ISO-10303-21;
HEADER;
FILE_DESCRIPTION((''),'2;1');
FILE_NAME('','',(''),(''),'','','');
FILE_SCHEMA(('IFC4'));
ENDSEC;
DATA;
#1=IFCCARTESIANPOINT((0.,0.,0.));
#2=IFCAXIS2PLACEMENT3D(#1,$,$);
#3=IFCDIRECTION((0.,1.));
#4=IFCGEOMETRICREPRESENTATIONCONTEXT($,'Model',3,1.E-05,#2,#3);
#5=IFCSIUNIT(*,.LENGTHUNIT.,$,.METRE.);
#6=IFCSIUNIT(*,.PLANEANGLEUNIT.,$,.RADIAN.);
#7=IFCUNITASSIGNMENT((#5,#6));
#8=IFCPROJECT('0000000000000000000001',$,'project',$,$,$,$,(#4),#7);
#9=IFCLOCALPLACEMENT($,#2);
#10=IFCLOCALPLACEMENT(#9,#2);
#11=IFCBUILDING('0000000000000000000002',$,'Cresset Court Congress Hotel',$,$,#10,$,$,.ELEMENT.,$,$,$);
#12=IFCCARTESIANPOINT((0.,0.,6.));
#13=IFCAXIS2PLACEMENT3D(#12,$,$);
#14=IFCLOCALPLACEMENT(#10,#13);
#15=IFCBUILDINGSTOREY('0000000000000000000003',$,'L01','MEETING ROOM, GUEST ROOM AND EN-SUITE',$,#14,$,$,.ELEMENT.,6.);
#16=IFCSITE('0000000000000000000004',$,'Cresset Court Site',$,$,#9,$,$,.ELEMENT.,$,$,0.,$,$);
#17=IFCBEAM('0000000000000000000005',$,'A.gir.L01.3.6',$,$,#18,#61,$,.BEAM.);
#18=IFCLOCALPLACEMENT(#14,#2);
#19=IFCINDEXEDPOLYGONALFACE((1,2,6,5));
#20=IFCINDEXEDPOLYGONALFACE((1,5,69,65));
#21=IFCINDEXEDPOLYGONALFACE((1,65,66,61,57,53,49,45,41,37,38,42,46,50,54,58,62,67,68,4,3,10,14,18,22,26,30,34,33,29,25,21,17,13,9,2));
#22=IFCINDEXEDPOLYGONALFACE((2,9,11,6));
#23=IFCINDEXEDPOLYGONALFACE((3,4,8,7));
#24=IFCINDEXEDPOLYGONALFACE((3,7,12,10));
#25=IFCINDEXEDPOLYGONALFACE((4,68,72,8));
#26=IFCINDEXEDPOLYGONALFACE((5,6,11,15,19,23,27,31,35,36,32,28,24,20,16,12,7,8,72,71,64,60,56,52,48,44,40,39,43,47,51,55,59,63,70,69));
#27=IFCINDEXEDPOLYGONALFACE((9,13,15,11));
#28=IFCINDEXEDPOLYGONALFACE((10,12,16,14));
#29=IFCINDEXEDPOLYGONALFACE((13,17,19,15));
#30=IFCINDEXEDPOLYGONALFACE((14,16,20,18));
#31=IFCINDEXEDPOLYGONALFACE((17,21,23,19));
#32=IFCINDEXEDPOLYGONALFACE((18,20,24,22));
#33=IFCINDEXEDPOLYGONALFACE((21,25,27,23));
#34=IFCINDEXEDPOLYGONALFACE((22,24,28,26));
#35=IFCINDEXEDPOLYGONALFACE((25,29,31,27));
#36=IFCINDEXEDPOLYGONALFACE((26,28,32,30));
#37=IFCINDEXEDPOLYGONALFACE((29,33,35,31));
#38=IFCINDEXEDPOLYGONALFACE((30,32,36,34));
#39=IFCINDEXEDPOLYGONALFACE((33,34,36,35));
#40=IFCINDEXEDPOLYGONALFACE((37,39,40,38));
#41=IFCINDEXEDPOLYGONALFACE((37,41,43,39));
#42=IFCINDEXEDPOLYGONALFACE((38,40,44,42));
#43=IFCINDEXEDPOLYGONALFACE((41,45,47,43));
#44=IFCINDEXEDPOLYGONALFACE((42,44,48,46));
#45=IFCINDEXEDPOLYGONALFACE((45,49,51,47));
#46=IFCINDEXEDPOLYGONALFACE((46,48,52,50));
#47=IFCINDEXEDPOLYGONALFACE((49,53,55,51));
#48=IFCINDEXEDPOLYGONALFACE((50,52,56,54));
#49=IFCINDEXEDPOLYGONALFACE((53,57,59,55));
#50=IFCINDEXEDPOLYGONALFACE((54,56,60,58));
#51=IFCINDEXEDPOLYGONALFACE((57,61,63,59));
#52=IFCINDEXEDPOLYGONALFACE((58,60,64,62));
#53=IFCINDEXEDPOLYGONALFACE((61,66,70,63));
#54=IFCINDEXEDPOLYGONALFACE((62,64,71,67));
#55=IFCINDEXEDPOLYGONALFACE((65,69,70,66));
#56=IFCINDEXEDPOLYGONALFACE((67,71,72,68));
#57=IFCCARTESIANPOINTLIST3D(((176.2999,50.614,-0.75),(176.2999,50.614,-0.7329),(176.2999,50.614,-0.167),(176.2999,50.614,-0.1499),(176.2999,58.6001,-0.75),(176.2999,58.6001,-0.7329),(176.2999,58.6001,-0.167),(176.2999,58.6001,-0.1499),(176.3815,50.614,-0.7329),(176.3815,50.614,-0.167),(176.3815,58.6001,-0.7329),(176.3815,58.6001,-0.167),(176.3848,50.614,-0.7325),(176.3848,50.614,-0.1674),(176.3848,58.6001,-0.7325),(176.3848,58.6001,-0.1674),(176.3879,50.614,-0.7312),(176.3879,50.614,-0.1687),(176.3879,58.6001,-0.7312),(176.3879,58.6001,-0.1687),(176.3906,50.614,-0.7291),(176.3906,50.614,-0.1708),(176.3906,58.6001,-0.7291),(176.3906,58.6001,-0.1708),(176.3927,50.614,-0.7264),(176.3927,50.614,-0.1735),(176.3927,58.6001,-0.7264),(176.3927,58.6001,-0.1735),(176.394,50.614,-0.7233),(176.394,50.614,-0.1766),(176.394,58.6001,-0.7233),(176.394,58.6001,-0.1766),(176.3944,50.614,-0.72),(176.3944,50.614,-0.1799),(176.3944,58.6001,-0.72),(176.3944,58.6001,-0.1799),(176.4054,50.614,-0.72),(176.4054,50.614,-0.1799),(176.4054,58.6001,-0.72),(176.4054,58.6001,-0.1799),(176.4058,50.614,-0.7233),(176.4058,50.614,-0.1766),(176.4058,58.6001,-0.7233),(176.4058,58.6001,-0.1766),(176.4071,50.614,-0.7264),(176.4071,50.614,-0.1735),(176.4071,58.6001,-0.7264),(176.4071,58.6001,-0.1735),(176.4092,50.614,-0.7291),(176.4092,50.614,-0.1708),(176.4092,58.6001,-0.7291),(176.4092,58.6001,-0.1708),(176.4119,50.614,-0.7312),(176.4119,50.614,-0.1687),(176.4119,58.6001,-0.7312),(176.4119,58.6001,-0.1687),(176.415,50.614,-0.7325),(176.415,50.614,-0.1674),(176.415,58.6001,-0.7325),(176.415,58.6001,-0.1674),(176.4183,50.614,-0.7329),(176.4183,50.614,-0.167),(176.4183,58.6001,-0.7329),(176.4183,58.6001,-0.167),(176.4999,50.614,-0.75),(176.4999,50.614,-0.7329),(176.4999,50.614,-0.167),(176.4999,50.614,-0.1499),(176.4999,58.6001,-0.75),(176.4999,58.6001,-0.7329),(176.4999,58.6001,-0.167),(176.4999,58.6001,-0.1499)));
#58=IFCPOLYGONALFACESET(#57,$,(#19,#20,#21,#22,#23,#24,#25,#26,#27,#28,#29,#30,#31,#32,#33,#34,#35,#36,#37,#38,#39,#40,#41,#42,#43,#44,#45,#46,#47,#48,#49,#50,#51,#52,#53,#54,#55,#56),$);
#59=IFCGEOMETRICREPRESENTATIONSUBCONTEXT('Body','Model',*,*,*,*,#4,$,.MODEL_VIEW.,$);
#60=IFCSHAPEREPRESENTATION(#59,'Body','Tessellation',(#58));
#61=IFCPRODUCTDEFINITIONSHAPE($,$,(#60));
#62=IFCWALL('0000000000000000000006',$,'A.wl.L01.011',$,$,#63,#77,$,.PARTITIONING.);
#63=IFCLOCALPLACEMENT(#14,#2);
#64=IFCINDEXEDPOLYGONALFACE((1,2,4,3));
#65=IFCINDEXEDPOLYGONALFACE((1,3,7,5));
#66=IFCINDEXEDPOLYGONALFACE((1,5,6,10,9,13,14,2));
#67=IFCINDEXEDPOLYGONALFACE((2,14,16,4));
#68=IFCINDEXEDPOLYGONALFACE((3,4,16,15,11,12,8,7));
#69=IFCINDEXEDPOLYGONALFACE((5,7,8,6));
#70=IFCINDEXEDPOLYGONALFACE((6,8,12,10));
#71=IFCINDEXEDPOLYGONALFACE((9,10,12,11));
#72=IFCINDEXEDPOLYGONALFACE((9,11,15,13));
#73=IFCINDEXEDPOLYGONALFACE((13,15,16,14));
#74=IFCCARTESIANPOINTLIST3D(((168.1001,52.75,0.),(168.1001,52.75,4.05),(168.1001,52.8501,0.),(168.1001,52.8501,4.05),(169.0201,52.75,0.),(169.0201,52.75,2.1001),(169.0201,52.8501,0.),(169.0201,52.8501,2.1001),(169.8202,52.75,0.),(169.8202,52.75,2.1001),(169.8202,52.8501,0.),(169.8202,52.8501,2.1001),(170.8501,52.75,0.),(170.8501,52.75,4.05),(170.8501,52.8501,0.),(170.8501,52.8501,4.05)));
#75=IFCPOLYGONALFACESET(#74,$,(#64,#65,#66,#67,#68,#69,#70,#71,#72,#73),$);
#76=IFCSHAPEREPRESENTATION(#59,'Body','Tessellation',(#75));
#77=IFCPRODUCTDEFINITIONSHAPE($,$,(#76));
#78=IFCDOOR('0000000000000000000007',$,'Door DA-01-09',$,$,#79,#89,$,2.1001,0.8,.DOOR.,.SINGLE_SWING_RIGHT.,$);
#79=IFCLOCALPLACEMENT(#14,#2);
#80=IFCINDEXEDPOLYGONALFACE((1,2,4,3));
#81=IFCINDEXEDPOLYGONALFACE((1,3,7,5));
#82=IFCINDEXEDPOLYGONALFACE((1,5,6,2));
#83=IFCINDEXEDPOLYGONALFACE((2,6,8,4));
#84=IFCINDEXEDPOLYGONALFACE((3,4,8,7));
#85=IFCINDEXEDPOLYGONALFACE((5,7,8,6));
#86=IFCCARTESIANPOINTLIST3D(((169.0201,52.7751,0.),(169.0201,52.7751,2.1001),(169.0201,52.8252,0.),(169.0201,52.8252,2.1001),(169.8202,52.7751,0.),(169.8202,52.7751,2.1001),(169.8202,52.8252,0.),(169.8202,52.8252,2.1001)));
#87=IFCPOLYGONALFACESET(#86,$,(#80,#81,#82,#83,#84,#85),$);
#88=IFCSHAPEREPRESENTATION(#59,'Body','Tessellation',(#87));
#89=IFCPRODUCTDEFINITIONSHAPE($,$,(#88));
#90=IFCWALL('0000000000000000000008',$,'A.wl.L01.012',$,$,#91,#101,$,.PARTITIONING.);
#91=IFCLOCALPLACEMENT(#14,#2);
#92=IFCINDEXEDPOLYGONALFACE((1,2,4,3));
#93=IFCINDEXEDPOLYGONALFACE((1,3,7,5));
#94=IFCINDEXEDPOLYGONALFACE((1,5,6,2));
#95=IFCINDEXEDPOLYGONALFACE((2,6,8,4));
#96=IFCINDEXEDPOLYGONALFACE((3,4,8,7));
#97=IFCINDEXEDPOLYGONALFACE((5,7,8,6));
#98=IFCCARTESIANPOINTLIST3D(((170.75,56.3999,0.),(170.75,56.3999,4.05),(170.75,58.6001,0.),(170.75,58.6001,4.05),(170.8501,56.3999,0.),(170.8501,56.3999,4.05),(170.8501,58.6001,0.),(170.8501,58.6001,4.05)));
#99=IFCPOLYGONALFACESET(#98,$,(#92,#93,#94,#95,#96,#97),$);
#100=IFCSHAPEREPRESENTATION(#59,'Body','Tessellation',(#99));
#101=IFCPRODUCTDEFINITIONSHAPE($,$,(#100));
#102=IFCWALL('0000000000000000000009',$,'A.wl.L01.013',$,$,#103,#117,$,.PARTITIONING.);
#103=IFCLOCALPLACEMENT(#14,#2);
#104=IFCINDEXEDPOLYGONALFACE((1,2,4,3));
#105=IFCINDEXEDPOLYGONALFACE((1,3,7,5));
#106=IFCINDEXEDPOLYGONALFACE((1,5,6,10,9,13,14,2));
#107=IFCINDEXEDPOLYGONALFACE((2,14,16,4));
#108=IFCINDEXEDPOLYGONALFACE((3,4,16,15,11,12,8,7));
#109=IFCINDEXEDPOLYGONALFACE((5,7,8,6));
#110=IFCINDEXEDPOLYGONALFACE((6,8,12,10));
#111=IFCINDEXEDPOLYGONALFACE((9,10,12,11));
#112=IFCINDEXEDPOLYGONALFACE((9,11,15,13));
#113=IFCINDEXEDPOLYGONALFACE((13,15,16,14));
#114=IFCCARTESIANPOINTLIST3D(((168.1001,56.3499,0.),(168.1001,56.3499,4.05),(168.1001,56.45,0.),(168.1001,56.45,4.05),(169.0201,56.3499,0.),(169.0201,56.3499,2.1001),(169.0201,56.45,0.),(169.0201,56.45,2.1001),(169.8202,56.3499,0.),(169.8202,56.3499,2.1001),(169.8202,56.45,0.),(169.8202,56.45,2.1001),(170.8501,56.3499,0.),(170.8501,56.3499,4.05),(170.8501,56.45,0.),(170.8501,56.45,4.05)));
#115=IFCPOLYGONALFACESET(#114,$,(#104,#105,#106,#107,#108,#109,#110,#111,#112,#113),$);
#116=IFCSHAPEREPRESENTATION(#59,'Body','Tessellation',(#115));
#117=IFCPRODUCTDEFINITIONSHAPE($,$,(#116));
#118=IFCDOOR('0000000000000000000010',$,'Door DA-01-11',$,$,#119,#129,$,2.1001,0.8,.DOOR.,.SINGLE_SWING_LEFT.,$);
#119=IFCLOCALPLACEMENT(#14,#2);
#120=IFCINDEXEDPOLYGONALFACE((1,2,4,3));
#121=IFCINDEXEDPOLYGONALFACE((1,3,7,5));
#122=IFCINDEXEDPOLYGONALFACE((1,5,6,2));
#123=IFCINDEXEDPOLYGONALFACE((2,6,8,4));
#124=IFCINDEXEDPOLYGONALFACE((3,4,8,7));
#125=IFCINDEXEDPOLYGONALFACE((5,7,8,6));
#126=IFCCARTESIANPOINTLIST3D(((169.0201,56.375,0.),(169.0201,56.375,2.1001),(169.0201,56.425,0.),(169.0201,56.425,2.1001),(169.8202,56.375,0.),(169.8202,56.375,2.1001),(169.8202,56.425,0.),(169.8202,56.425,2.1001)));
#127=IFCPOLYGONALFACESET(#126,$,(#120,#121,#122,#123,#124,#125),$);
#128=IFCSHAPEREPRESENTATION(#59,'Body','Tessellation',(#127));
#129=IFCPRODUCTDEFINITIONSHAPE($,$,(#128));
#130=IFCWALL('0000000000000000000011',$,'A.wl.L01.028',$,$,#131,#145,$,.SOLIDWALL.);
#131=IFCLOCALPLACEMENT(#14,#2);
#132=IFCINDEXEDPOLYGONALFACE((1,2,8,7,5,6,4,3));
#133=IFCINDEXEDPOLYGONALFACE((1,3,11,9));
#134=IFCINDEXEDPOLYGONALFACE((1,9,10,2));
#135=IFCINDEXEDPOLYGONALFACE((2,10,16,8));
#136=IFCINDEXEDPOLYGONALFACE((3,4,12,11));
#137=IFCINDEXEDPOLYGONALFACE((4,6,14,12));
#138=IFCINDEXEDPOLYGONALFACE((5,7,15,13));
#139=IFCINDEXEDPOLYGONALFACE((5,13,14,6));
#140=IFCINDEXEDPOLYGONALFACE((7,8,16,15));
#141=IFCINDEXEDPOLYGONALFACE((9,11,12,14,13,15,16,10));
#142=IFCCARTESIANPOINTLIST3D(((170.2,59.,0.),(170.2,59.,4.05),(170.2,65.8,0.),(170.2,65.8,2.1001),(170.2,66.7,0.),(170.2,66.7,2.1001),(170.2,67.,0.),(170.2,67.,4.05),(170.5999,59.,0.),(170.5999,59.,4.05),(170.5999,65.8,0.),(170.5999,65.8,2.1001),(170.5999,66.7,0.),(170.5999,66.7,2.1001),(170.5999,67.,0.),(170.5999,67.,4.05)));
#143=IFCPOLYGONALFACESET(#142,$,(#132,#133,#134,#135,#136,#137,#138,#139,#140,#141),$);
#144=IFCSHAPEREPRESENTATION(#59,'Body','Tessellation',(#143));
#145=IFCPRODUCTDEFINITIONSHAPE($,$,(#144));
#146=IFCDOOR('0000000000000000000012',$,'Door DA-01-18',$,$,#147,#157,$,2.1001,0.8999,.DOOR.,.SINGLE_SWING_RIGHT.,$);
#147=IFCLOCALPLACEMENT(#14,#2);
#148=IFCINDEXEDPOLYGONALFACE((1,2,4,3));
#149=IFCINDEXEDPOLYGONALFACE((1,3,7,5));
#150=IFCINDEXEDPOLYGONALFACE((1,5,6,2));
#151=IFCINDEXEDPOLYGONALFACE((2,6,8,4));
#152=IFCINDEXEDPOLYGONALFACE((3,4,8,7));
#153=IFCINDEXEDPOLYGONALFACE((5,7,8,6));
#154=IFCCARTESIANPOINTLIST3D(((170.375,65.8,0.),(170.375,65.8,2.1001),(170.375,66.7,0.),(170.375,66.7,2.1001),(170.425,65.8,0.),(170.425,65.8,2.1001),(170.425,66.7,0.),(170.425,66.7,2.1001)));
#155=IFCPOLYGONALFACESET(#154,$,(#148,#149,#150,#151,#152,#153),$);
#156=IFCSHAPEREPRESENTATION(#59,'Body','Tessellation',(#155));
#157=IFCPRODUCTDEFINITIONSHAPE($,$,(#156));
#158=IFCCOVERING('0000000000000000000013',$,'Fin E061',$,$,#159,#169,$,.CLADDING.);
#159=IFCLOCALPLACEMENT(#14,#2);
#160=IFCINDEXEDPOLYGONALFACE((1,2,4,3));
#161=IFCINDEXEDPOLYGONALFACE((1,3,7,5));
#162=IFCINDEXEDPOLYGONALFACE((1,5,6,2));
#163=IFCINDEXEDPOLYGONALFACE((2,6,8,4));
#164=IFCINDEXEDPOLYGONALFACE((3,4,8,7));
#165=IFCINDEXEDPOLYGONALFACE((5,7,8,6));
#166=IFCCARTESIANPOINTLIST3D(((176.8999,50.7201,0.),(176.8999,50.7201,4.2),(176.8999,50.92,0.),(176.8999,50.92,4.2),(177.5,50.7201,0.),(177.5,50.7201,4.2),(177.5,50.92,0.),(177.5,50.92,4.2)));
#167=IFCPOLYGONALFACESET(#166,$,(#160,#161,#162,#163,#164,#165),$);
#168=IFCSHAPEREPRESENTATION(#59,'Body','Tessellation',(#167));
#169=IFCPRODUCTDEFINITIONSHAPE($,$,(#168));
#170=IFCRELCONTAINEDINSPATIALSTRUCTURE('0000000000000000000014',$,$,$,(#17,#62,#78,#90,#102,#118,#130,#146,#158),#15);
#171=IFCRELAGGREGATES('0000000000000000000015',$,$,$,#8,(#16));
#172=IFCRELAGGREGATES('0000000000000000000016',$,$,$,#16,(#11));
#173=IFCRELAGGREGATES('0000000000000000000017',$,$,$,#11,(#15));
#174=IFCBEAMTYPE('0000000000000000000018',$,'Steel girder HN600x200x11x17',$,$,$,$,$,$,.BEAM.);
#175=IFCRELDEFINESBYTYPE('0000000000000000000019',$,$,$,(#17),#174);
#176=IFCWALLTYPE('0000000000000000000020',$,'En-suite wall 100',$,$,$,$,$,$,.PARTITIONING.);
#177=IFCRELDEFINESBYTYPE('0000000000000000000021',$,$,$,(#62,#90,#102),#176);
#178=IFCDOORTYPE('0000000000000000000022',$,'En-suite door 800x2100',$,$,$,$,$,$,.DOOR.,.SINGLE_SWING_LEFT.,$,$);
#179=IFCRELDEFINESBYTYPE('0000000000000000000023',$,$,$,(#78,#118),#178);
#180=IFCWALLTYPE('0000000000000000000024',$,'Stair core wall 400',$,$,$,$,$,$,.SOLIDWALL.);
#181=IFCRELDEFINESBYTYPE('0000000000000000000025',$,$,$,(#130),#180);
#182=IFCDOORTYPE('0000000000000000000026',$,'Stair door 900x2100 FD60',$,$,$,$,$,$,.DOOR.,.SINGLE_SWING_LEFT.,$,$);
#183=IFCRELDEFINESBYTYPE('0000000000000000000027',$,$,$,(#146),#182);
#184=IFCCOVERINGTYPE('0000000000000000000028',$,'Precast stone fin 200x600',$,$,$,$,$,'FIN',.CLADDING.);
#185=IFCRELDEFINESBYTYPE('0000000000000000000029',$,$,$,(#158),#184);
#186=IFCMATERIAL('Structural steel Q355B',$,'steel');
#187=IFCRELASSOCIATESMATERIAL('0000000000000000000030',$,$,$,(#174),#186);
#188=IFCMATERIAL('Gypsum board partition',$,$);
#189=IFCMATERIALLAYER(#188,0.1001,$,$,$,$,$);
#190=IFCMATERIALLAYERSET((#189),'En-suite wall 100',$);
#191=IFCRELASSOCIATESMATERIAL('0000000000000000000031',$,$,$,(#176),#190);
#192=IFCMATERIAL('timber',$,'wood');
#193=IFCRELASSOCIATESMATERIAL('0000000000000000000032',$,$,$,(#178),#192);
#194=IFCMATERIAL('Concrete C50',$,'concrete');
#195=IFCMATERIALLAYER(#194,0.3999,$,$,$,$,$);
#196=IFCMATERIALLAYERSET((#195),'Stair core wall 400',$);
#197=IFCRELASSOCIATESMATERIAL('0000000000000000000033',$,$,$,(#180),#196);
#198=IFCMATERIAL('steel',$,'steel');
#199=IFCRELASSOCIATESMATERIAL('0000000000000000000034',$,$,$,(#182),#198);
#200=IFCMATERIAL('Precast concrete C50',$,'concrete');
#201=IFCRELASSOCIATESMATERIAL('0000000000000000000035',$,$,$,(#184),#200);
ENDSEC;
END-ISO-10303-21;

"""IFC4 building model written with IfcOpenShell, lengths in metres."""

from ifc_helpers import new_model, si_unit, direction, frame, frame_2d, origin, origin_2d, place, context, subcontext, project, spatial, rectangle, i_section, extrude, material, layer, layer_set, material_profile, profile_set, type_object, element, fill, save


model = new_model("IFC4")

# Units and contexts
model_context = context("Model", 3, precision=1e-05, world=origin(), true_north=direction((0.0, 1.0)))
body_context = subcontext(model_context, "Body", "Model", "MODEL_VIEW")
ifc_project = project(units=[si_unit("LENGTHUNIT", "METRE"), si_unit("PLANEANGLEUNIT", "RADIAN")], contexts=[model_context])

# Site, building, storey
site_placement = place(None, origin())
site = spatial("IfcSite", under=ifc_project, at=site_placement, Name="Cresset Court Site", CompositionType="ELEMENT", RefElevation=0.0)
building_placement = place(site_placement, origin())
building = spatial("IfcBuilding", under=site, at=building_placement, Name="Cresset Court Congress Hotel", CompositionType="ELEMENT")
storey_placement = place(building_placement, frame((0.0, 0.0, 6.0)))
storey = spatial("IfcBuildingStorey", under=building, at=storey_placement, Name="L01", Description="MEETING ROOM, GUEST ROOM AND EN-SUITE", CompositionType="ELEMENT", Elevation=6.0)

# Beam
ifc_material_1 = material(Name="Structural steel Q355B", Category="steel")
ifc_material_profile = material_profile(ifc_material_1, i_section(OverallWidth=0.2, OverallDepth=0.6001, WebThickness=0.011, FlangeThickness=0.0171, FilletRadius=0.0129, at=origin_2d()), Name="HN600x200x11x17")
ifc_profile_set = profile_set([ifc_material_profile], Name="Structural steel Q355B")
beam_type = type_object("IfcBeamType", Name="Steel girder HN600x200x11x17", PredefinedType="BEAM", material=ifc_profile_set)
beam_placement = place(storey_placement, frame((176.3999, 50.614, -0.45), z_axis=(0.0, 1.0, 0.0), x_axis=(-1.0, 0.0, 0.0)))
element("IfcBeam", 1, at=beam_placement, inside=storey, type_object=beam_type, Name="A.gir.L01.3.6", PredefinedType="BEAM", context=body_context, shape_type="SweptSolid", body=[
    extrude(i_section(OverallWidth=0.2, OverallDepth=0.6001, WebThickness=0.011, FlangeThickness=0.0171, FilletRadius=0.0129, at=origin_2d()), origin(), (0.0, 0.0, 1.0), 7.9861),
])

# Wall, opening, door
ifc_material_2 = material(Name="Gypsum board partition")
ifc_layer_1 = layer(ifc_material_2, 0.1001)
ifc_layer_set_1 = layer_set([ifc_layer_1], Name="En-suite wall 100")
wall_type_1 = type_object("IfcWallType", Name="En-suite wall 100", PredefinedType="PARTITIONING", material=ifc_layer_set_1)
wall_1_placement = place(storey_placement, frame((170.8501, 52.8, 0.0), z_axis=(0.0, 0.0, 1.0), x_axis=(-1.0, 0.0, 0.0)))
wall_1 = element("IfcWall", 2, at=wall_1_placement, inside=storey, type_object=wall_type_1, Name="A.wl.L01.011", PredefinedType="PARTITIONING", context=body_context, shape_type="SweptSolid", body=[
    extrude(rectangle(XDim=2.75, YDim=0.1001, at=frame_2d((1.375, 0.0))), origin(), (0.0, 0.0, 1.0), 4.05),
])
opening_1_placement = place(wall_1_placement, frame((1.03, 0.0, 0.0)))
opening_1 = element("IfcOpeningElement", 3, at=opening_1_placement, cuts=wall_1, PredefinedType="OPENING", context=body_context, shape_type="SweptSolid", body=[
    extrude(rectangle(XDim=0.8, YDim=2.1001, at=frame_2d((0.3999, 1.05))), frame((0.0, 0.0601, 0.0), z_axis=(0.0, -1.0, 0.0), x_axis=(1.0, 0.0, 0.0)), (0.0, 0.0, 1.0), 0.1201),
])
ifc_material_3 = material(Name="timber", Category="wood")
door_type_1 = type_object("IfcDoorType", Name="En-suite door 800x2100", OperationType="SINGLE_SWING_LEFT", PredefinedType="DOOR", material=ifc_material_3)
door_1_placement = place(opening_1_placement, origin())
door_1 = element("IfcDoor", 4, at=door_1_placement, inside=storey, type_object=door_type_1, Name="Door DA-01-09", OperationType="SINGLE_SWING_RIGHT", OverallHeight=2.1001, OverallWidth=0.8, PredefinedType="DOOR", context=body_context, shape_type="SweptSolid", body=[
    extrude(rectangle(XDim=0.8, YDim=2.1001, at=frame_2d((0.3999, 1.05))), frame((0.0, 0.0249, 0.0), z_axis=(0.0, -1.0, 0.0), x_axis=(1.0, 0.0, 0.0)), (0.0, 0.0, 1.0), 0.05),
])
fill(opening_1, door_1)

# Wall
wall_2_placement = place(storey_placement, frame((170.8, 56.3999, 0.0), z_axis=(0.0, 0.0, 1.0), x_axis=(0.0, 1.0, 0.0)))
element("IfcWall", 5, at=wall_2_placement, inside=storey, type_object=wall_type_1, Name="A.wl.L01.012", PredefinedType="PARTITIONING", context=body_context, shape_type="SweptSolid", body=[
    extrude(rectangle(XDim=2.2002, YDim=0.1001, at=frame_2d((1.1001, 0.0))), origin(), (0.0, 0.0, 1.0), 4.05),
])

# Walls, openings, doors
wall_3_placement = place(storey_placement, frame((170.8501, 56.3999, 0.0), z_axis=(0.0, 0.0, 1.0), x_axis=(-1.0, 0.0, 0.0)))
wall_3 = element("IfcWall", 6, at=wall_3_placement, inside=storey, type_object=wall_type_1, Name="A.wl.L01.013", PredefinedType="PARTITIONING", context=body_context, shape_type="SweptSolid", body=[
    extrude(rectangle(XDim=2.75, YDim=0.1001, at=frame_2d((1.375, 0.0))), origin(), (0.0, 0.0, 1.0), 4.05),
])
opening_2_placement = place(wall_3_placement, frame((1.03, 0.0, 0.0)))
opening_2 = element("IfcOpeningElement", 7, at=opening_2_placement, cuts=wall_3, PredefinedType="OPENING", context=body_context, shape_type="SweptSolid", body=[
    extrude(rectangle(XDim=0.8, YDim=2.1001, at=frame_2d((0.3999, 1.05))), frame((0.0, 0.0601, 0.0), z_axis=(0.0, -1.0, 0.0), x_axis=(1.0, 0.0, 0.0)), (0.0, 0.0, 1.0), 0.1201),
])
door_2_placement = place(opening_2_placement, origin())
door_2 = element("IfcDoor", 8, at=door_2_placement, inside=storey, type_object=door_type_1, Name="Door DA-01-11", OperationType="SINGLE_SWING_LEFT", OverallHeight=2.1001, OverallWidth=0.8, PredefinedType="DOOR", context=body_context, shape_type="SweptSolid", body=[
    extrude(rectangle(XDim=0.8, YDim=2.1001, at=frame_2d((0.3999, 1.05))), frame((0.0, 0.0249, 0.0), z_axis=(0.0, -1.0, 0.0), x_axis=(1.0, 0.0, 0.0)), (0.0, 0.0, 1.0), 0.05),
])
fill(opening_2, door_2)
ifc_material_4 = material(Name="Concrete C50", Category="concrete")
ifc_layer_2 = layer(ifc_material_4, 0.3999)
ifc_layer_set_2 = layer_set([ifc_layer_2], Name="Stair core wall 400")
wall_type_2 = type_object("IfcWallType", Name="Stair core wall 400", PredefinedType="SOLIDWALL", material=ifc_layer_set_2)
wall_4_placement = place(storey_placement, frame((170.3999, 59.0, 0.0), z_axis=(0.0, 0.0, 1.0), x_axis=(0.0, 1.0, 0.0)))
wall_4 = element("IfcWall", 9, at=wall_4_placement, inside=storey, type_object=wall_type_2, Name="A.wl.L01.028", PredefinedType="SOLIDWALL", context=body_context, shape_type="SweptSolid", body=[
    extrude(rectangle(XDim=8.0, YDim=0.3999, at=frame_2d((4.0, 0.0))), origin(), (0.0, 0.0, 1.0), 4.05),
])
opening_3_placement = place(wall_4_placement, frame((6.8, 0.0, 0.0)))
opening_3 = element("IfcOpeningElement", 10, at=opening_3_placement, cuts=wall_4, PredefinedType="OPENING", context=body_context, shape_type="SweptSolid", body=[
    extrude(rectangle(XDim=0.8999, YDim=2.1001, at=frame_2d((0.45, 1.05))), frame((0.0, 0.21, 0.0), z_axis=(0.0, -1.0, 0.0), x_axis=(1.0, 0.0, 0.0)), (0.0, 0.0, 1.0), 0.4199),
])
ifc_material_5 = material(Name="steel", Category="steel")
door_type_2 = type_object("IfcDoorType", Name="Stair door 900x2100 FD60", OperationType="SINGLE_SWING_LEFT", PredefinedType="DOOR", material=ifc_material_5)
door_3_placement = place(opening_3_placement, origin())
door_3 = element("IfcDoor", 11, at=door_3_placement, inside=storey, type_object=door_type_2, Name="Door DA-01-18", OperationType="SINGLE_SWING_RIGHT", OverallHeight=2.1001, OverallWidth=0.8999, PredefinedType="DOOR", context=body_context, shape_type="SweptSolid", body=[
    extrude(rectangle(XDim=0.8999, YDim=2.1001, at=frame_2d((0.45, 1.05))), frame((0.0, 0.0249, 0.0), z_axis=(0.0, -1.0, 0.0), x_axis=(1.0, 0.0, 0.0)), (0.0, 0.0, 1.0), 0.05),
])
fill(opening_3, door_3)

# Covering
ifc_material_6 = material(Name="Precast concrete C50", Category="concrete")
covering_type_1 = type_object("IfcCoveringType", Name="Precast stone fin 200x600", ElementType="FIN", PredefinedType="CLADDING", material=ifc_material_6)
for number, where, z_axis, x_axis, name in (
    (12, (177.2, 50.8201, 0.0), (0.0, 0.0, 1.0), (1.0, 0.0, 0.0), "Fin E061"),
):
    element("IfcCovering", number, at=place(storey_placement, frame(where, z_axis=z_axis, x_axis=x_axis)), inside=storey, type_object=covering_type_1, Name=name, PredefinedType="CLADDING", context=body_context, shape_type="SweptSolid", body=[
        extrude(rectangle(XDim=0.6001, YDim=0.2, at=origin_2d()), origin(), (0.0, 0.0, 1.0), 4.2),
    ])

save(model, "model.ifc")
